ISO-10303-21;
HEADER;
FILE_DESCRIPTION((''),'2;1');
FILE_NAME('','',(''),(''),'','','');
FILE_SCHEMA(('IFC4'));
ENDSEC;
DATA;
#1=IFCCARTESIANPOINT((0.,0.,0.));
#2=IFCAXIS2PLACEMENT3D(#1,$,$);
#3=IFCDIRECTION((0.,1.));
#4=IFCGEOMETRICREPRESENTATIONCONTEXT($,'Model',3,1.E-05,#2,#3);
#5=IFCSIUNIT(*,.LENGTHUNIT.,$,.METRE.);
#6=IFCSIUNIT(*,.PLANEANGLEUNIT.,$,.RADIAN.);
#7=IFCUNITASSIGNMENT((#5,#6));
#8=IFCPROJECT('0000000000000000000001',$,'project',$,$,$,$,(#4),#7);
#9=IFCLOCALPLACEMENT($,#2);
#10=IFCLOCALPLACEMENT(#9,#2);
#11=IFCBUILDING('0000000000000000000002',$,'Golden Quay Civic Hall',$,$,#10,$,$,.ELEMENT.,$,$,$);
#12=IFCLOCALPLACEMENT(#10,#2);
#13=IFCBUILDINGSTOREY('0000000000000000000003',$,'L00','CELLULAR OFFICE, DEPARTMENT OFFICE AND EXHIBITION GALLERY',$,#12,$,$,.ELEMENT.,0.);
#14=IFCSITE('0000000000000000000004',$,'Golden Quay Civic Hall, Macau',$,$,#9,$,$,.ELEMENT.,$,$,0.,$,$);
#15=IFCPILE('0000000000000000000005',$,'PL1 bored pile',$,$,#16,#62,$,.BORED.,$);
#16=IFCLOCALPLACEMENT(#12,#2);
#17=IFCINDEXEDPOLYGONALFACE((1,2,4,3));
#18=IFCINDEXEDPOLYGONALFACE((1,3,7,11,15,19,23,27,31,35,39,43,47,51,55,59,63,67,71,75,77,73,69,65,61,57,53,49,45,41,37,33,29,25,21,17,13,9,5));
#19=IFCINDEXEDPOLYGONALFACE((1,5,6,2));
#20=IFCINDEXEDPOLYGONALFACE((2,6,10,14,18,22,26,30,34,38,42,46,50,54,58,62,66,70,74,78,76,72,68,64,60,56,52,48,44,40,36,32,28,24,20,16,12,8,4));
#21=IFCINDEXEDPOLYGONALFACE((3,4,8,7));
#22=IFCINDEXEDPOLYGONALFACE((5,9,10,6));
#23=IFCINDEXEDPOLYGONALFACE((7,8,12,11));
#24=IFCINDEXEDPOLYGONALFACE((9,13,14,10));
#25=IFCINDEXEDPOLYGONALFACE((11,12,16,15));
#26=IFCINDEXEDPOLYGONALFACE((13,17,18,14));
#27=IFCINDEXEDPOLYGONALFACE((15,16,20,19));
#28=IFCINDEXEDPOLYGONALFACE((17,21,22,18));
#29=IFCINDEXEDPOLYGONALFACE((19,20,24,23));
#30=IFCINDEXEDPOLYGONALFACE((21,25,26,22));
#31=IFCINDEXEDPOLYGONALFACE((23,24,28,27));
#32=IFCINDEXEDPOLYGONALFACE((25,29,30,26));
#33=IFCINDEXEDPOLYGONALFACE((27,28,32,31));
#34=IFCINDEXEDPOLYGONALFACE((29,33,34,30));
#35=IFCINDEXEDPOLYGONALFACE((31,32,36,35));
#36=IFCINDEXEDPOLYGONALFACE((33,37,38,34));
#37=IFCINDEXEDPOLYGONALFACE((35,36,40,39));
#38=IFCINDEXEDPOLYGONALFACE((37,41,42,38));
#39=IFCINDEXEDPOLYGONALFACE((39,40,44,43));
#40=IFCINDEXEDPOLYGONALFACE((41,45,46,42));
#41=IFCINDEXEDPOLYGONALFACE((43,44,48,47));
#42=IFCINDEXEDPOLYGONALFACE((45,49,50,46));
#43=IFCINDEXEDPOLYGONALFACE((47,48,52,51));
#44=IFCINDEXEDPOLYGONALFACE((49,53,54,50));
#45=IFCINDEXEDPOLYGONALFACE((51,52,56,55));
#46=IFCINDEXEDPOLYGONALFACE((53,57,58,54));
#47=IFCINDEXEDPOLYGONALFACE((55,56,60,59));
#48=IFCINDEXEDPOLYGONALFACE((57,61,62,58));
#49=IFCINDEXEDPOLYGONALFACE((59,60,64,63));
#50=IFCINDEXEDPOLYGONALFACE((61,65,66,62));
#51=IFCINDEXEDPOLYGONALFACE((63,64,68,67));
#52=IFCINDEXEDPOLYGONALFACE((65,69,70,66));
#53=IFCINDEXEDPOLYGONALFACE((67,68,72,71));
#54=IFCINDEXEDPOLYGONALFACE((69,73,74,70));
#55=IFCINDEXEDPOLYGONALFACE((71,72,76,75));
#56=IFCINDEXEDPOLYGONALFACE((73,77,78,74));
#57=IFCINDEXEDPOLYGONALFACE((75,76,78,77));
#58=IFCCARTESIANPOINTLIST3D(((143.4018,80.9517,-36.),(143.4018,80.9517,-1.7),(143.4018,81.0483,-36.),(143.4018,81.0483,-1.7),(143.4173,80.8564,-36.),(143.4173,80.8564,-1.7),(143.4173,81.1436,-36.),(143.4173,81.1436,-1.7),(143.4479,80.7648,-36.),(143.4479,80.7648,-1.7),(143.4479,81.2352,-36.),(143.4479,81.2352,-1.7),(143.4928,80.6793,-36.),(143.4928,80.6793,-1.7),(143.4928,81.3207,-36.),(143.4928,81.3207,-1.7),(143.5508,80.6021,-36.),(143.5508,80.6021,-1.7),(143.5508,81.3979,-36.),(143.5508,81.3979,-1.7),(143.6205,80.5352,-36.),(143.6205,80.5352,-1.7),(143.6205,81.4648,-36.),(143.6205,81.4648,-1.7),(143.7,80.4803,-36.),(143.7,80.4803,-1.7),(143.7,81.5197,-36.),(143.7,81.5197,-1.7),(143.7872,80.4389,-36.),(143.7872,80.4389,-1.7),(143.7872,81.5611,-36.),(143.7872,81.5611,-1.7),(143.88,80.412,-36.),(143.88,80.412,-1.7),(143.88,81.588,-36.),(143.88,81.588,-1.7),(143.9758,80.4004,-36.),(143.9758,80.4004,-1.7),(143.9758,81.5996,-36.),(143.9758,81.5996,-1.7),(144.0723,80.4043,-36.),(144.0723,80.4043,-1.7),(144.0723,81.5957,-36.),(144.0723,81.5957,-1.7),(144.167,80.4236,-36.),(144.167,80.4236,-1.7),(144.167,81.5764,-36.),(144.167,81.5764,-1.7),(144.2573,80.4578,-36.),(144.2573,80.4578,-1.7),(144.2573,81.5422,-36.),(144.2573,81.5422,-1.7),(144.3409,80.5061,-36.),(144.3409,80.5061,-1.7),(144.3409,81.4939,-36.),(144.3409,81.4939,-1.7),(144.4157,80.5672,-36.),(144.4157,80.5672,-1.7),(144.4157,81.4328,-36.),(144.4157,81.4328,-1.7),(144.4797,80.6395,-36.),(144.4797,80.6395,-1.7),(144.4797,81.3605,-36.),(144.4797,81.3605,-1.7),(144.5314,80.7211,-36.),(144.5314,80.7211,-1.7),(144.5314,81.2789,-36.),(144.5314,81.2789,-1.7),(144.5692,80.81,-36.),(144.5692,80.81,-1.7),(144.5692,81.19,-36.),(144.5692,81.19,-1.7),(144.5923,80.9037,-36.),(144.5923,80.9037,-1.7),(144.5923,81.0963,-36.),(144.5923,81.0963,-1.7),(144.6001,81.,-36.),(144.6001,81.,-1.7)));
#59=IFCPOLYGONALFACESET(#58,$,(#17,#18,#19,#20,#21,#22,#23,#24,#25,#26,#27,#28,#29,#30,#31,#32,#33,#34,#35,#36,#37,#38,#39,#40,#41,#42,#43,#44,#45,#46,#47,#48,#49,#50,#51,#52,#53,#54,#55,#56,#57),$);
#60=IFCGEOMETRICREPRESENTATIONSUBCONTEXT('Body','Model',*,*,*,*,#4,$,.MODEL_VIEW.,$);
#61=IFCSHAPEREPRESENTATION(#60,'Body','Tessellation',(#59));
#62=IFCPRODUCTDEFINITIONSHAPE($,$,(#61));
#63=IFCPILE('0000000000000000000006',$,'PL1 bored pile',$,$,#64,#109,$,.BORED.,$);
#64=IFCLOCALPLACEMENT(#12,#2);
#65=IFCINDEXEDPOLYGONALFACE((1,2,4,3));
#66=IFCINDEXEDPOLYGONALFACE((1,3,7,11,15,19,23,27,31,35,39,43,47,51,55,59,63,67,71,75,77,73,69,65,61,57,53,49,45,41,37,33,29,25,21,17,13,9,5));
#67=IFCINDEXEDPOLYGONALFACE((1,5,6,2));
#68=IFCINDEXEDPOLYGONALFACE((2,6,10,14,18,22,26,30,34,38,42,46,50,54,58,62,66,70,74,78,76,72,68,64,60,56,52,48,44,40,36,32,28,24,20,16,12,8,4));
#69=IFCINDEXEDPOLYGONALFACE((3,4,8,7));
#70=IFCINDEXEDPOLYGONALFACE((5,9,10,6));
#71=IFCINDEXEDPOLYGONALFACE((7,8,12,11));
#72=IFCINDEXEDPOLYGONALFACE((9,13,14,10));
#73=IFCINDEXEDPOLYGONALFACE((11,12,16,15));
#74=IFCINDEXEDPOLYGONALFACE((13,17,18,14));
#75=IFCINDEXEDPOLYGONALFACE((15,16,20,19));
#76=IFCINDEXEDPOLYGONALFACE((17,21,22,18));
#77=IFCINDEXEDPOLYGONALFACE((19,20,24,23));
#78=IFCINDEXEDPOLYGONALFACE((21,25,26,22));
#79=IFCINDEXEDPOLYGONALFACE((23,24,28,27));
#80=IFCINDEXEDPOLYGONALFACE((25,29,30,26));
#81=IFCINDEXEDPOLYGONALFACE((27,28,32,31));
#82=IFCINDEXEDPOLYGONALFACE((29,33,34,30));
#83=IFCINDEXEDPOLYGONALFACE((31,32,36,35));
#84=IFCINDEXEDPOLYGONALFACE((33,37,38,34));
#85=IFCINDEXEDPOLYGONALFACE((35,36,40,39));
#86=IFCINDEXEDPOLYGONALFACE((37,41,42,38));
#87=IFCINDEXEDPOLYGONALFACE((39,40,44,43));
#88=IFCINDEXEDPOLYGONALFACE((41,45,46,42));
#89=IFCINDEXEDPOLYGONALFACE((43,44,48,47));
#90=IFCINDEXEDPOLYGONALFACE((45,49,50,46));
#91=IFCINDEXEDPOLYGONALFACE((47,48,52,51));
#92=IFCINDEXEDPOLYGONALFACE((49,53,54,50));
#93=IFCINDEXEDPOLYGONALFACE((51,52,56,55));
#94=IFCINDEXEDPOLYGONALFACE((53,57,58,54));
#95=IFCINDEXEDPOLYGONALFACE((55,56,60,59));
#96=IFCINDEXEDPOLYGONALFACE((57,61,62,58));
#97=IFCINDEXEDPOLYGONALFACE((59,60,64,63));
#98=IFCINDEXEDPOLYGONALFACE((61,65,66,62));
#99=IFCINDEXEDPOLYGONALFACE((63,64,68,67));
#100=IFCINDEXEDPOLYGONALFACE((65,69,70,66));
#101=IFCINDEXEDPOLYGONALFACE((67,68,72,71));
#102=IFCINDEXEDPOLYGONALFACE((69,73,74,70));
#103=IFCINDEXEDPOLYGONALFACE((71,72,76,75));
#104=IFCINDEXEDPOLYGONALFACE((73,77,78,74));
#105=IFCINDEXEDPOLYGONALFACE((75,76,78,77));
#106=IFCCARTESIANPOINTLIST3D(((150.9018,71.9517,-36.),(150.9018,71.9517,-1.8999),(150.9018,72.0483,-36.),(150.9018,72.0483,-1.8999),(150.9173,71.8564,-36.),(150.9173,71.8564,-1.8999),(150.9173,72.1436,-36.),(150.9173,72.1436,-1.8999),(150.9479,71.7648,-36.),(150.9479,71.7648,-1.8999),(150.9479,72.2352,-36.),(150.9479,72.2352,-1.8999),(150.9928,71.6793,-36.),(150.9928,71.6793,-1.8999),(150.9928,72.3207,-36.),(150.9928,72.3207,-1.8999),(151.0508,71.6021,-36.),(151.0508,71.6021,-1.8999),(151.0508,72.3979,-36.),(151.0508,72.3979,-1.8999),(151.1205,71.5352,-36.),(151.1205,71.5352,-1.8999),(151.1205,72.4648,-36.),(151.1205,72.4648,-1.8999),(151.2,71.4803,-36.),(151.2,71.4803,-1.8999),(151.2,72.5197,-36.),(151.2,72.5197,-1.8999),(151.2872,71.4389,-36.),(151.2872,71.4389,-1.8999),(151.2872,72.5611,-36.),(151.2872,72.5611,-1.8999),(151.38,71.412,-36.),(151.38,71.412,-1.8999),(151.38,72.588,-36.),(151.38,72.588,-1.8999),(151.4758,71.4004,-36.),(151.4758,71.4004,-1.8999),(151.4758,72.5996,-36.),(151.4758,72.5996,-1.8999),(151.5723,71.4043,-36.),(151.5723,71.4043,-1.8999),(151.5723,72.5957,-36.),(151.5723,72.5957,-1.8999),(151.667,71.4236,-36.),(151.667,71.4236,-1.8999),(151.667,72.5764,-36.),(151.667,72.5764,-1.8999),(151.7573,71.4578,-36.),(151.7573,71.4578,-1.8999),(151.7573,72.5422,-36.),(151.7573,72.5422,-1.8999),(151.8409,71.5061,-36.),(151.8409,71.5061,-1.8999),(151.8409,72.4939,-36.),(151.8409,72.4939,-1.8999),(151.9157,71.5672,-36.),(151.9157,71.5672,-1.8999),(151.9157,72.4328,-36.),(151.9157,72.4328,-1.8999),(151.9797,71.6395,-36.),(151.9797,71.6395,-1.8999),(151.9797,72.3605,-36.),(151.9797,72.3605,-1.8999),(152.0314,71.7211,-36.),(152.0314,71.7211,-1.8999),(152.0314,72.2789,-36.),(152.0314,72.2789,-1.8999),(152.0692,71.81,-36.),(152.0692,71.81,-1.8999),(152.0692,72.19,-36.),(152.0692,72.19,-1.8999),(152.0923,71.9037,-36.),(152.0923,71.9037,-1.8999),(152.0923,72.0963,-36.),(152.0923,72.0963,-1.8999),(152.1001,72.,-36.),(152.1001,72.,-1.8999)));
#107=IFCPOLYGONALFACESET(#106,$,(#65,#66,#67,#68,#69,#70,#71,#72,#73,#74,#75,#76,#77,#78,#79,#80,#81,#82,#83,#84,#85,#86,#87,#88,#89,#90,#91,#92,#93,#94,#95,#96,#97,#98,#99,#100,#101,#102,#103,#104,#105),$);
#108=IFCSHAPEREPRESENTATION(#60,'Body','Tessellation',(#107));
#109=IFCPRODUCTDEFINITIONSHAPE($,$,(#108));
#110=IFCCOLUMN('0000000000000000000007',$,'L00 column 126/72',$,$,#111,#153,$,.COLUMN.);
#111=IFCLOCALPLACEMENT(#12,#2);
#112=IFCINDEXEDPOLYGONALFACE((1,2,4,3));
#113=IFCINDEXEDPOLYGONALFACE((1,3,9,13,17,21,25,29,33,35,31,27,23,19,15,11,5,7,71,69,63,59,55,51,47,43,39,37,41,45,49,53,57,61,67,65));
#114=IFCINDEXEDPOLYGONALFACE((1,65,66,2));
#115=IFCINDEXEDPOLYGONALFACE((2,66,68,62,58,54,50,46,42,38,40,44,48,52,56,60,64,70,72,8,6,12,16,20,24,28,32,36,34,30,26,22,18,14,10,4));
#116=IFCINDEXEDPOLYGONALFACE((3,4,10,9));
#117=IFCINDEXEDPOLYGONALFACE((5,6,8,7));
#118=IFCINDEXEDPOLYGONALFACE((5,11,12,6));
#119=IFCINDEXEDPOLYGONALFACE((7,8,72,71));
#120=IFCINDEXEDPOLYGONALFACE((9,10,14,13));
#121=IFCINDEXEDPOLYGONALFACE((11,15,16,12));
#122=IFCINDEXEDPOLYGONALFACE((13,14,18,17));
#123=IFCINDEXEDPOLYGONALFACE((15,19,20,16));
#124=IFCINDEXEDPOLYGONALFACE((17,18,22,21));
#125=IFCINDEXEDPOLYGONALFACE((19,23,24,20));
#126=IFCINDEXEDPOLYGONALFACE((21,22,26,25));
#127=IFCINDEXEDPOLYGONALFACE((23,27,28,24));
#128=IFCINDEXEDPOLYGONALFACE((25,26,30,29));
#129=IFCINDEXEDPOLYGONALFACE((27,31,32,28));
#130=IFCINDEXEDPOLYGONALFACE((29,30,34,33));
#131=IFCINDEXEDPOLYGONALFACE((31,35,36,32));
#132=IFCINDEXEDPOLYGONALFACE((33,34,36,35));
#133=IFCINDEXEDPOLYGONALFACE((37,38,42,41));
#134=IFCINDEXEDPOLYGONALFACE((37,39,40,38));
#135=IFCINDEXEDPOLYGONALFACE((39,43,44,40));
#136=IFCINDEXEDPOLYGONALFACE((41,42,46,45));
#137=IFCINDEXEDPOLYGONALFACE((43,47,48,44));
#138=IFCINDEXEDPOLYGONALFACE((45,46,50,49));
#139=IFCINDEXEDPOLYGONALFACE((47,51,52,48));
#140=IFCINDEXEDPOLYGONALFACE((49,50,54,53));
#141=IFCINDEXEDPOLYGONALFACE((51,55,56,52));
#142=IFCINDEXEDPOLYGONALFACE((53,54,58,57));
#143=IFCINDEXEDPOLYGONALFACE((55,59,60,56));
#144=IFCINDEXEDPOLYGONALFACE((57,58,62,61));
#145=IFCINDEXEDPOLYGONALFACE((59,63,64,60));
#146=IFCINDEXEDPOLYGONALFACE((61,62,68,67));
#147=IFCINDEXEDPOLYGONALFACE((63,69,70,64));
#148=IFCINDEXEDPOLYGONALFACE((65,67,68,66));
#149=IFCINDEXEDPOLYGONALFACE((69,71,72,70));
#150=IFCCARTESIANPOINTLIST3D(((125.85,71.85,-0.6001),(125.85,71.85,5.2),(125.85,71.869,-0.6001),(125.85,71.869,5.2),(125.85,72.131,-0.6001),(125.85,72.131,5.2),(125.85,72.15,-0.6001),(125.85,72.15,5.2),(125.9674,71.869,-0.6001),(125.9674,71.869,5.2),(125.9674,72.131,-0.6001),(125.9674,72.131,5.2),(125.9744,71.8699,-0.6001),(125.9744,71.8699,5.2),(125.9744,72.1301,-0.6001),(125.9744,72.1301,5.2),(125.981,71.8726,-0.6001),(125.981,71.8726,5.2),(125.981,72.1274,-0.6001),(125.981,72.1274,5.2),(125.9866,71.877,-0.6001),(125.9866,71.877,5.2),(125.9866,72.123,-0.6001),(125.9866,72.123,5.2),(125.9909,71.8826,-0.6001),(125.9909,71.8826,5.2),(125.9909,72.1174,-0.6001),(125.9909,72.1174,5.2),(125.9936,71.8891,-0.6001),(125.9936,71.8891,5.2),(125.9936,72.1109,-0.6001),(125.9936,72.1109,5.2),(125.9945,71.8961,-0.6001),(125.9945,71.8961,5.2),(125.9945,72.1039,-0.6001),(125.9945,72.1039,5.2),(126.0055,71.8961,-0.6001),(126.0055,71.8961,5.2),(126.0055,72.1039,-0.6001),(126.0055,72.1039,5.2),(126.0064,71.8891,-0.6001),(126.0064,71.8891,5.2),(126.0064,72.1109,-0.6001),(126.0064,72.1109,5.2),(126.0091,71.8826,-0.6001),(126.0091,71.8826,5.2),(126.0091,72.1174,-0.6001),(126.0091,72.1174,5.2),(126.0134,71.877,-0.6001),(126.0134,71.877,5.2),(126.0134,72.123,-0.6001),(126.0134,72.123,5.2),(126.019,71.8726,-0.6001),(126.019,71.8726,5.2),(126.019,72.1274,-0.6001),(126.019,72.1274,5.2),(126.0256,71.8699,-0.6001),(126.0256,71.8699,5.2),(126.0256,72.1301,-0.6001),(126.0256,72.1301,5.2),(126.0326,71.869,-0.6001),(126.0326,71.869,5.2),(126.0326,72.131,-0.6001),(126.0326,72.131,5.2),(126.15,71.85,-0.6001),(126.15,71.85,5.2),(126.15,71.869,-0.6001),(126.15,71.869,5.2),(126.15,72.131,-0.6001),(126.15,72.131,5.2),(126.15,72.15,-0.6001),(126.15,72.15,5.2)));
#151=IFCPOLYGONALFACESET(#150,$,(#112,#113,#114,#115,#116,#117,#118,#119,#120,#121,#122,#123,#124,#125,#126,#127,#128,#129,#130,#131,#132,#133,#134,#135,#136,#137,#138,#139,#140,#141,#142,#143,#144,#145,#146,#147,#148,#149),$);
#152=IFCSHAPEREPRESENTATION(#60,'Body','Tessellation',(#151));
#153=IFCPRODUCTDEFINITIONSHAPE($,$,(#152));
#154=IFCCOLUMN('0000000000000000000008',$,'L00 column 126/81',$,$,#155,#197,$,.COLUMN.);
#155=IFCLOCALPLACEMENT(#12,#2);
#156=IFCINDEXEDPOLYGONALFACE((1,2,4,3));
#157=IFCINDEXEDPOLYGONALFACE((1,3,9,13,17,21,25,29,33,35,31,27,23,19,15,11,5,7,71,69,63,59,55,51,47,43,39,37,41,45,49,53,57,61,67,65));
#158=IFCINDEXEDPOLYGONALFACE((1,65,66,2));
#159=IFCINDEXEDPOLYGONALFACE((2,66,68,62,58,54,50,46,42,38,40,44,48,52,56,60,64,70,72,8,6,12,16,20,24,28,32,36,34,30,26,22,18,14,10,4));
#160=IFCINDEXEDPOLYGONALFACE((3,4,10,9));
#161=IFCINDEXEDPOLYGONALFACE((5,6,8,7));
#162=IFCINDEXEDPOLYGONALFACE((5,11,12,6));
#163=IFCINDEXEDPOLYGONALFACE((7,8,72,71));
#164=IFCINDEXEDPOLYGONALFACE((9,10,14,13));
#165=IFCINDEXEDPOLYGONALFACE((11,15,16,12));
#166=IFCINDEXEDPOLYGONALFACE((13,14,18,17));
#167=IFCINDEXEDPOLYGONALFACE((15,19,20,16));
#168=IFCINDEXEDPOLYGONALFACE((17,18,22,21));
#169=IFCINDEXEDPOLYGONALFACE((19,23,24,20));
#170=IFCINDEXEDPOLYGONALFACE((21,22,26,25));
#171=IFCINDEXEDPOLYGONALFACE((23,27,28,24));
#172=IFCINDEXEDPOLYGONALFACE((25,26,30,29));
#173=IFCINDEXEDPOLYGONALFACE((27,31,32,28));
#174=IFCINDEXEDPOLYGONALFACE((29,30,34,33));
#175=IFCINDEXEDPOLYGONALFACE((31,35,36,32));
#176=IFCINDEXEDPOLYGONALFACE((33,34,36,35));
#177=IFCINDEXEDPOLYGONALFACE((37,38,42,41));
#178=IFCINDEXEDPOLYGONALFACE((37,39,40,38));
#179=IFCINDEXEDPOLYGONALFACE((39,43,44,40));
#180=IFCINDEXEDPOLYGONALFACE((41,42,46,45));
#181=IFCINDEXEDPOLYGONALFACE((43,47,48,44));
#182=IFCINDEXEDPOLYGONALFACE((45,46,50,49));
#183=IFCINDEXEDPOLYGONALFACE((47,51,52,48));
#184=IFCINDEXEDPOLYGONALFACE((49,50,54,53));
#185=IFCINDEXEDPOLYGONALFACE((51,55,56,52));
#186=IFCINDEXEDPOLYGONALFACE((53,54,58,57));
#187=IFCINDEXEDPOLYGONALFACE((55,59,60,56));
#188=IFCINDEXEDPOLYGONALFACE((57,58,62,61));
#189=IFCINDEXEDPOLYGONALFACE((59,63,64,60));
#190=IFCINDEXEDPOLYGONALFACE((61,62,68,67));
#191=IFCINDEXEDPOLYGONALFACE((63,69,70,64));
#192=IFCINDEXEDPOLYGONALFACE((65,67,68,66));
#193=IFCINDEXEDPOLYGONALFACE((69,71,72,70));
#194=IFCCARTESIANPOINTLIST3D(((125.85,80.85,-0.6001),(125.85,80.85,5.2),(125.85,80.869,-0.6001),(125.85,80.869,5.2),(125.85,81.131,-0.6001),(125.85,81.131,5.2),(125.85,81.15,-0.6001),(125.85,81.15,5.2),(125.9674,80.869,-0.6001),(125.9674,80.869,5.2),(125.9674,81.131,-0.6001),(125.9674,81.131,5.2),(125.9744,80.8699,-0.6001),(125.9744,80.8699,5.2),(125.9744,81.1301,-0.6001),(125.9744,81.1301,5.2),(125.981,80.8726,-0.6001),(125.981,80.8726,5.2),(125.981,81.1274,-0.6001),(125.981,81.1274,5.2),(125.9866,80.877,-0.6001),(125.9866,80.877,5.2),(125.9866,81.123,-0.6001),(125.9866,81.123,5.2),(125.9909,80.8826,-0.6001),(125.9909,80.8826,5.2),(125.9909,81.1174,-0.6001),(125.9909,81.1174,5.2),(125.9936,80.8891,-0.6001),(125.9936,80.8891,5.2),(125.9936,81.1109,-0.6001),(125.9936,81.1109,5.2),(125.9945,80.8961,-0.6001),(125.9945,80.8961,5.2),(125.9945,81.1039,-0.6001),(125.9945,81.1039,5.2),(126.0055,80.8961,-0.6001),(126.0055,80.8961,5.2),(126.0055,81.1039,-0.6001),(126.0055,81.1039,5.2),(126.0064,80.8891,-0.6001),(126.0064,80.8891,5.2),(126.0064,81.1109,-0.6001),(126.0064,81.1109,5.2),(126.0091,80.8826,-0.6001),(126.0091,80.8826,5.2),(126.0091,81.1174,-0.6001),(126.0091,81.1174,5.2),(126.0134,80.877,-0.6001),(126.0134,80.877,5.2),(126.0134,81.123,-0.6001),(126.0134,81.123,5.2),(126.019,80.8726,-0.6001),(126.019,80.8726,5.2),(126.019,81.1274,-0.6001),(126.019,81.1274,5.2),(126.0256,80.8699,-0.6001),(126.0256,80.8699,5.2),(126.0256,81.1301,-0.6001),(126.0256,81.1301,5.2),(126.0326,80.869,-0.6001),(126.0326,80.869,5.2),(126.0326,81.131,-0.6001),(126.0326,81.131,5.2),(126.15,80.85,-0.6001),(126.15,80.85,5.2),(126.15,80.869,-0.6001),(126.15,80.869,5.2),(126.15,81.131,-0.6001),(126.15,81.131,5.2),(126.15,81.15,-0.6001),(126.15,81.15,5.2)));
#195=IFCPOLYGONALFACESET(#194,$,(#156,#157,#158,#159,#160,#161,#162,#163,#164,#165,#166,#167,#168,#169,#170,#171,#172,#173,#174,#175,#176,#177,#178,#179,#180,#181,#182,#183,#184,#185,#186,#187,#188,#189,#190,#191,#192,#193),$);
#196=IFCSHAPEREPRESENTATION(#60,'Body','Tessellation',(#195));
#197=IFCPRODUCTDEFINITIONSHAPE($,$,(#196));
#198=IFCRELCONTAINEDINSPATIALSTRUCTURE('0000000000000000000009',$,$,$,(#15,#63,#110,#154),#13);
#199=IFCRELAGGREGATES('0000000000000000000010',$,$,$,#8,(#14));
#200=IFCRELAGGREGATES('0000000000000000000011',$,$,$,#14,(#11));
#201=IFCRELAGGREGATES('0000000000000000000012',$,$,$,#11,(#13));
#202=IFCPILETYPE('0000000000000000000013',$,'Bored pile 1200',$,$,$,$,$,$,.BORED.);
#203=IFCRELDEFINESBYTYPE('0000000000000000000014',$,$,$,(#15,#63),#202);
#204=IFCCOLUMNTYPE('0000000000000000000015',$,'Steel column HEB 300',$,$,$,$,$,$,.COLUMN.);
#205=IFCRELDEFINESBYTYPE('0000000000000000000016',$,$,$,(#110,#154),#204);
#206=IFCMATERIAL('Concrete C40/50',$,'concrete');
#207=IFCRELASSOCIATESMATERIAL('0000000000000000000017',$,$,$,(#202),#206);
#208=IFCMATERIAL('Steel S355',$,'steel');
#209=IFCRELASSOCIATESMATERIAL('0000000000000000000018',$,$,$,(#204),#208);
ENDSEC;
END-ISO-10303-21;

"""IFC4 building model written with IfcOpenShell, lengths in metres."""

from ifc_helpers import new_model, si_unit, direction, frame, origin, origin_2d, place, context, subcontext, project, spatial, circle, i_section, extrude, material, material_profile, profile_set, type_object, element, save


model = new_model("IFC4")

# Units and contexts
model_context = context("Model", 3, precision=1e-05, world=origin(), true_north=direction((0.0, 1.0)))
body_context = subcontext(model_context, "Body", "Model", "MODEL_VIEW")
ifc_project = project(units=[si_unit("LENGTHUNIT", "METRE"), si_unit("PLANEANGLEUNIT", "RADIAN")], contexts=[model_context])

# Site, building, storey
site_placement = place(None, origin())
site = spatial("IfcSite", under=ifc_project, at=site_placement, Name="Golden Quay Civic Hall, Macau", CompositionType="ELEMENT", RefElevation=0.0)
building_placement = place(site_placement, origin())
building = spatial("IfcBuilding", under=site, at=building_placement, Name="Golden Quay Civic Hall", CompositionType="ELEMENT")
storey_placement = place(building_placement, origin())
storey = spatial("IfcBuildingStorey", under=building, at=storey_placement, Name="L00", Description="CELLULAR OFFICE, DEPARTMENT OFFICE AND EXHIBITION GALLERY", CompositionType="ELEMENT", Elevation=0.0)

# Piles
ifc_material_1 = material(Name="Concrete C40/50", Category="concrete")
ifc_material_profile_1 = material_profile(ifc_material_1, circle(Radius=0.6001, at=origin_2d()), Name="RC D1200")
ifc_profile_set_1 = profile_set([ifc_material_profile_1], Name="Concrete C40/50")
pile_type = type_object("IfcPileType", Name="Bored pile 1200", PredefinedType="BORED", material=ifc_profile_set_1)
pile_1_placement = place(storey_placement, frame((144.0, 81.0, -1.7), z_axis=(0.0, 0.0, -1.0), x_axis=(1.0, 0.0, 0.0)))
element("IfcPile", 1, at=pile_1_placement, inside=storey, type_object=pile_type, Name="PL1 bored pile", PredefinedType="BORED", context=body_context, shape_type="SweptSolid", body=[
    extrude(circle(Radius=0.6001, at=origin_2d()), origin(), (0.0, 0.0, 1.0), 34.3),
])
pile_2_placement = place(storey_placement, frame((151.5, 72.0, -1.8999), z_axis=(0.0, 0.0, -1.0), x_axis=(1.0, 0.0, 0.0)))
element("IfcPile", 2, at=pile_2_placement, inside=storey, type_object=pile_type, Name="PL1 bored pile", PredefinedType="BORED", context=body_context, shape_type="SweptSolid", body=[
    extrude(circle(Radius=0.6001, at=origin_2d()), origin(), (0.0, 0.0, 1.0), 34.1001),
])

# Columns
ifc_material_2 = material(Name="Steel S355", Category="steel")
ifc_material_profile_2 = material_profile(ifc_material_2, i_section(OverallWidth=0.3, OverallDepth=0.3, WebThickness=0.011, FlangeThickness=0.019, FilletRadius=0.0271, at=origin_2d()), Name="HEB 300")
ifc_profile_set_2 = profile_set([ifc_material_profile_2], Name="Steel S355")
column_type = type_object("IfcColumnType", Name="Steel column HEB 300", PredefinedType="COLUMN", material=ifc_profile_set_2)
for number, where, z_axis, x_axis, name in (
    (3, (126.0, 72.0, -0.6001), (0.0, 0.0, 1.0), (1.0, 0.0, 0.0), "L00 column 126/72"),
    (4, (126.0, 81.0, -0.6001), (0.0, 0.0, 1.0), (1.0, 0.0, 0.0), "L00 column 126/81"),
):
    element("IfcColumn", number, at=place(storey_placement, frame(where, z_axis=z_axis, x_axis=x_axis)), inside=storey, type_object=column_type, Name=name, PredefinedType="COLUMN", context=body_context, shape_type="SweptSolid", body=[
        extrude(i_section(OverallWidth=0.3, OverallDepth=0.3, WebThickness=0.011, FlangeThickness=0.019, FilletRadius=0.0271, at=origin_2d()), origin(), (0.0, 0.0, 1.0), 5.8),
    ])

save(model, "model.ifc")
